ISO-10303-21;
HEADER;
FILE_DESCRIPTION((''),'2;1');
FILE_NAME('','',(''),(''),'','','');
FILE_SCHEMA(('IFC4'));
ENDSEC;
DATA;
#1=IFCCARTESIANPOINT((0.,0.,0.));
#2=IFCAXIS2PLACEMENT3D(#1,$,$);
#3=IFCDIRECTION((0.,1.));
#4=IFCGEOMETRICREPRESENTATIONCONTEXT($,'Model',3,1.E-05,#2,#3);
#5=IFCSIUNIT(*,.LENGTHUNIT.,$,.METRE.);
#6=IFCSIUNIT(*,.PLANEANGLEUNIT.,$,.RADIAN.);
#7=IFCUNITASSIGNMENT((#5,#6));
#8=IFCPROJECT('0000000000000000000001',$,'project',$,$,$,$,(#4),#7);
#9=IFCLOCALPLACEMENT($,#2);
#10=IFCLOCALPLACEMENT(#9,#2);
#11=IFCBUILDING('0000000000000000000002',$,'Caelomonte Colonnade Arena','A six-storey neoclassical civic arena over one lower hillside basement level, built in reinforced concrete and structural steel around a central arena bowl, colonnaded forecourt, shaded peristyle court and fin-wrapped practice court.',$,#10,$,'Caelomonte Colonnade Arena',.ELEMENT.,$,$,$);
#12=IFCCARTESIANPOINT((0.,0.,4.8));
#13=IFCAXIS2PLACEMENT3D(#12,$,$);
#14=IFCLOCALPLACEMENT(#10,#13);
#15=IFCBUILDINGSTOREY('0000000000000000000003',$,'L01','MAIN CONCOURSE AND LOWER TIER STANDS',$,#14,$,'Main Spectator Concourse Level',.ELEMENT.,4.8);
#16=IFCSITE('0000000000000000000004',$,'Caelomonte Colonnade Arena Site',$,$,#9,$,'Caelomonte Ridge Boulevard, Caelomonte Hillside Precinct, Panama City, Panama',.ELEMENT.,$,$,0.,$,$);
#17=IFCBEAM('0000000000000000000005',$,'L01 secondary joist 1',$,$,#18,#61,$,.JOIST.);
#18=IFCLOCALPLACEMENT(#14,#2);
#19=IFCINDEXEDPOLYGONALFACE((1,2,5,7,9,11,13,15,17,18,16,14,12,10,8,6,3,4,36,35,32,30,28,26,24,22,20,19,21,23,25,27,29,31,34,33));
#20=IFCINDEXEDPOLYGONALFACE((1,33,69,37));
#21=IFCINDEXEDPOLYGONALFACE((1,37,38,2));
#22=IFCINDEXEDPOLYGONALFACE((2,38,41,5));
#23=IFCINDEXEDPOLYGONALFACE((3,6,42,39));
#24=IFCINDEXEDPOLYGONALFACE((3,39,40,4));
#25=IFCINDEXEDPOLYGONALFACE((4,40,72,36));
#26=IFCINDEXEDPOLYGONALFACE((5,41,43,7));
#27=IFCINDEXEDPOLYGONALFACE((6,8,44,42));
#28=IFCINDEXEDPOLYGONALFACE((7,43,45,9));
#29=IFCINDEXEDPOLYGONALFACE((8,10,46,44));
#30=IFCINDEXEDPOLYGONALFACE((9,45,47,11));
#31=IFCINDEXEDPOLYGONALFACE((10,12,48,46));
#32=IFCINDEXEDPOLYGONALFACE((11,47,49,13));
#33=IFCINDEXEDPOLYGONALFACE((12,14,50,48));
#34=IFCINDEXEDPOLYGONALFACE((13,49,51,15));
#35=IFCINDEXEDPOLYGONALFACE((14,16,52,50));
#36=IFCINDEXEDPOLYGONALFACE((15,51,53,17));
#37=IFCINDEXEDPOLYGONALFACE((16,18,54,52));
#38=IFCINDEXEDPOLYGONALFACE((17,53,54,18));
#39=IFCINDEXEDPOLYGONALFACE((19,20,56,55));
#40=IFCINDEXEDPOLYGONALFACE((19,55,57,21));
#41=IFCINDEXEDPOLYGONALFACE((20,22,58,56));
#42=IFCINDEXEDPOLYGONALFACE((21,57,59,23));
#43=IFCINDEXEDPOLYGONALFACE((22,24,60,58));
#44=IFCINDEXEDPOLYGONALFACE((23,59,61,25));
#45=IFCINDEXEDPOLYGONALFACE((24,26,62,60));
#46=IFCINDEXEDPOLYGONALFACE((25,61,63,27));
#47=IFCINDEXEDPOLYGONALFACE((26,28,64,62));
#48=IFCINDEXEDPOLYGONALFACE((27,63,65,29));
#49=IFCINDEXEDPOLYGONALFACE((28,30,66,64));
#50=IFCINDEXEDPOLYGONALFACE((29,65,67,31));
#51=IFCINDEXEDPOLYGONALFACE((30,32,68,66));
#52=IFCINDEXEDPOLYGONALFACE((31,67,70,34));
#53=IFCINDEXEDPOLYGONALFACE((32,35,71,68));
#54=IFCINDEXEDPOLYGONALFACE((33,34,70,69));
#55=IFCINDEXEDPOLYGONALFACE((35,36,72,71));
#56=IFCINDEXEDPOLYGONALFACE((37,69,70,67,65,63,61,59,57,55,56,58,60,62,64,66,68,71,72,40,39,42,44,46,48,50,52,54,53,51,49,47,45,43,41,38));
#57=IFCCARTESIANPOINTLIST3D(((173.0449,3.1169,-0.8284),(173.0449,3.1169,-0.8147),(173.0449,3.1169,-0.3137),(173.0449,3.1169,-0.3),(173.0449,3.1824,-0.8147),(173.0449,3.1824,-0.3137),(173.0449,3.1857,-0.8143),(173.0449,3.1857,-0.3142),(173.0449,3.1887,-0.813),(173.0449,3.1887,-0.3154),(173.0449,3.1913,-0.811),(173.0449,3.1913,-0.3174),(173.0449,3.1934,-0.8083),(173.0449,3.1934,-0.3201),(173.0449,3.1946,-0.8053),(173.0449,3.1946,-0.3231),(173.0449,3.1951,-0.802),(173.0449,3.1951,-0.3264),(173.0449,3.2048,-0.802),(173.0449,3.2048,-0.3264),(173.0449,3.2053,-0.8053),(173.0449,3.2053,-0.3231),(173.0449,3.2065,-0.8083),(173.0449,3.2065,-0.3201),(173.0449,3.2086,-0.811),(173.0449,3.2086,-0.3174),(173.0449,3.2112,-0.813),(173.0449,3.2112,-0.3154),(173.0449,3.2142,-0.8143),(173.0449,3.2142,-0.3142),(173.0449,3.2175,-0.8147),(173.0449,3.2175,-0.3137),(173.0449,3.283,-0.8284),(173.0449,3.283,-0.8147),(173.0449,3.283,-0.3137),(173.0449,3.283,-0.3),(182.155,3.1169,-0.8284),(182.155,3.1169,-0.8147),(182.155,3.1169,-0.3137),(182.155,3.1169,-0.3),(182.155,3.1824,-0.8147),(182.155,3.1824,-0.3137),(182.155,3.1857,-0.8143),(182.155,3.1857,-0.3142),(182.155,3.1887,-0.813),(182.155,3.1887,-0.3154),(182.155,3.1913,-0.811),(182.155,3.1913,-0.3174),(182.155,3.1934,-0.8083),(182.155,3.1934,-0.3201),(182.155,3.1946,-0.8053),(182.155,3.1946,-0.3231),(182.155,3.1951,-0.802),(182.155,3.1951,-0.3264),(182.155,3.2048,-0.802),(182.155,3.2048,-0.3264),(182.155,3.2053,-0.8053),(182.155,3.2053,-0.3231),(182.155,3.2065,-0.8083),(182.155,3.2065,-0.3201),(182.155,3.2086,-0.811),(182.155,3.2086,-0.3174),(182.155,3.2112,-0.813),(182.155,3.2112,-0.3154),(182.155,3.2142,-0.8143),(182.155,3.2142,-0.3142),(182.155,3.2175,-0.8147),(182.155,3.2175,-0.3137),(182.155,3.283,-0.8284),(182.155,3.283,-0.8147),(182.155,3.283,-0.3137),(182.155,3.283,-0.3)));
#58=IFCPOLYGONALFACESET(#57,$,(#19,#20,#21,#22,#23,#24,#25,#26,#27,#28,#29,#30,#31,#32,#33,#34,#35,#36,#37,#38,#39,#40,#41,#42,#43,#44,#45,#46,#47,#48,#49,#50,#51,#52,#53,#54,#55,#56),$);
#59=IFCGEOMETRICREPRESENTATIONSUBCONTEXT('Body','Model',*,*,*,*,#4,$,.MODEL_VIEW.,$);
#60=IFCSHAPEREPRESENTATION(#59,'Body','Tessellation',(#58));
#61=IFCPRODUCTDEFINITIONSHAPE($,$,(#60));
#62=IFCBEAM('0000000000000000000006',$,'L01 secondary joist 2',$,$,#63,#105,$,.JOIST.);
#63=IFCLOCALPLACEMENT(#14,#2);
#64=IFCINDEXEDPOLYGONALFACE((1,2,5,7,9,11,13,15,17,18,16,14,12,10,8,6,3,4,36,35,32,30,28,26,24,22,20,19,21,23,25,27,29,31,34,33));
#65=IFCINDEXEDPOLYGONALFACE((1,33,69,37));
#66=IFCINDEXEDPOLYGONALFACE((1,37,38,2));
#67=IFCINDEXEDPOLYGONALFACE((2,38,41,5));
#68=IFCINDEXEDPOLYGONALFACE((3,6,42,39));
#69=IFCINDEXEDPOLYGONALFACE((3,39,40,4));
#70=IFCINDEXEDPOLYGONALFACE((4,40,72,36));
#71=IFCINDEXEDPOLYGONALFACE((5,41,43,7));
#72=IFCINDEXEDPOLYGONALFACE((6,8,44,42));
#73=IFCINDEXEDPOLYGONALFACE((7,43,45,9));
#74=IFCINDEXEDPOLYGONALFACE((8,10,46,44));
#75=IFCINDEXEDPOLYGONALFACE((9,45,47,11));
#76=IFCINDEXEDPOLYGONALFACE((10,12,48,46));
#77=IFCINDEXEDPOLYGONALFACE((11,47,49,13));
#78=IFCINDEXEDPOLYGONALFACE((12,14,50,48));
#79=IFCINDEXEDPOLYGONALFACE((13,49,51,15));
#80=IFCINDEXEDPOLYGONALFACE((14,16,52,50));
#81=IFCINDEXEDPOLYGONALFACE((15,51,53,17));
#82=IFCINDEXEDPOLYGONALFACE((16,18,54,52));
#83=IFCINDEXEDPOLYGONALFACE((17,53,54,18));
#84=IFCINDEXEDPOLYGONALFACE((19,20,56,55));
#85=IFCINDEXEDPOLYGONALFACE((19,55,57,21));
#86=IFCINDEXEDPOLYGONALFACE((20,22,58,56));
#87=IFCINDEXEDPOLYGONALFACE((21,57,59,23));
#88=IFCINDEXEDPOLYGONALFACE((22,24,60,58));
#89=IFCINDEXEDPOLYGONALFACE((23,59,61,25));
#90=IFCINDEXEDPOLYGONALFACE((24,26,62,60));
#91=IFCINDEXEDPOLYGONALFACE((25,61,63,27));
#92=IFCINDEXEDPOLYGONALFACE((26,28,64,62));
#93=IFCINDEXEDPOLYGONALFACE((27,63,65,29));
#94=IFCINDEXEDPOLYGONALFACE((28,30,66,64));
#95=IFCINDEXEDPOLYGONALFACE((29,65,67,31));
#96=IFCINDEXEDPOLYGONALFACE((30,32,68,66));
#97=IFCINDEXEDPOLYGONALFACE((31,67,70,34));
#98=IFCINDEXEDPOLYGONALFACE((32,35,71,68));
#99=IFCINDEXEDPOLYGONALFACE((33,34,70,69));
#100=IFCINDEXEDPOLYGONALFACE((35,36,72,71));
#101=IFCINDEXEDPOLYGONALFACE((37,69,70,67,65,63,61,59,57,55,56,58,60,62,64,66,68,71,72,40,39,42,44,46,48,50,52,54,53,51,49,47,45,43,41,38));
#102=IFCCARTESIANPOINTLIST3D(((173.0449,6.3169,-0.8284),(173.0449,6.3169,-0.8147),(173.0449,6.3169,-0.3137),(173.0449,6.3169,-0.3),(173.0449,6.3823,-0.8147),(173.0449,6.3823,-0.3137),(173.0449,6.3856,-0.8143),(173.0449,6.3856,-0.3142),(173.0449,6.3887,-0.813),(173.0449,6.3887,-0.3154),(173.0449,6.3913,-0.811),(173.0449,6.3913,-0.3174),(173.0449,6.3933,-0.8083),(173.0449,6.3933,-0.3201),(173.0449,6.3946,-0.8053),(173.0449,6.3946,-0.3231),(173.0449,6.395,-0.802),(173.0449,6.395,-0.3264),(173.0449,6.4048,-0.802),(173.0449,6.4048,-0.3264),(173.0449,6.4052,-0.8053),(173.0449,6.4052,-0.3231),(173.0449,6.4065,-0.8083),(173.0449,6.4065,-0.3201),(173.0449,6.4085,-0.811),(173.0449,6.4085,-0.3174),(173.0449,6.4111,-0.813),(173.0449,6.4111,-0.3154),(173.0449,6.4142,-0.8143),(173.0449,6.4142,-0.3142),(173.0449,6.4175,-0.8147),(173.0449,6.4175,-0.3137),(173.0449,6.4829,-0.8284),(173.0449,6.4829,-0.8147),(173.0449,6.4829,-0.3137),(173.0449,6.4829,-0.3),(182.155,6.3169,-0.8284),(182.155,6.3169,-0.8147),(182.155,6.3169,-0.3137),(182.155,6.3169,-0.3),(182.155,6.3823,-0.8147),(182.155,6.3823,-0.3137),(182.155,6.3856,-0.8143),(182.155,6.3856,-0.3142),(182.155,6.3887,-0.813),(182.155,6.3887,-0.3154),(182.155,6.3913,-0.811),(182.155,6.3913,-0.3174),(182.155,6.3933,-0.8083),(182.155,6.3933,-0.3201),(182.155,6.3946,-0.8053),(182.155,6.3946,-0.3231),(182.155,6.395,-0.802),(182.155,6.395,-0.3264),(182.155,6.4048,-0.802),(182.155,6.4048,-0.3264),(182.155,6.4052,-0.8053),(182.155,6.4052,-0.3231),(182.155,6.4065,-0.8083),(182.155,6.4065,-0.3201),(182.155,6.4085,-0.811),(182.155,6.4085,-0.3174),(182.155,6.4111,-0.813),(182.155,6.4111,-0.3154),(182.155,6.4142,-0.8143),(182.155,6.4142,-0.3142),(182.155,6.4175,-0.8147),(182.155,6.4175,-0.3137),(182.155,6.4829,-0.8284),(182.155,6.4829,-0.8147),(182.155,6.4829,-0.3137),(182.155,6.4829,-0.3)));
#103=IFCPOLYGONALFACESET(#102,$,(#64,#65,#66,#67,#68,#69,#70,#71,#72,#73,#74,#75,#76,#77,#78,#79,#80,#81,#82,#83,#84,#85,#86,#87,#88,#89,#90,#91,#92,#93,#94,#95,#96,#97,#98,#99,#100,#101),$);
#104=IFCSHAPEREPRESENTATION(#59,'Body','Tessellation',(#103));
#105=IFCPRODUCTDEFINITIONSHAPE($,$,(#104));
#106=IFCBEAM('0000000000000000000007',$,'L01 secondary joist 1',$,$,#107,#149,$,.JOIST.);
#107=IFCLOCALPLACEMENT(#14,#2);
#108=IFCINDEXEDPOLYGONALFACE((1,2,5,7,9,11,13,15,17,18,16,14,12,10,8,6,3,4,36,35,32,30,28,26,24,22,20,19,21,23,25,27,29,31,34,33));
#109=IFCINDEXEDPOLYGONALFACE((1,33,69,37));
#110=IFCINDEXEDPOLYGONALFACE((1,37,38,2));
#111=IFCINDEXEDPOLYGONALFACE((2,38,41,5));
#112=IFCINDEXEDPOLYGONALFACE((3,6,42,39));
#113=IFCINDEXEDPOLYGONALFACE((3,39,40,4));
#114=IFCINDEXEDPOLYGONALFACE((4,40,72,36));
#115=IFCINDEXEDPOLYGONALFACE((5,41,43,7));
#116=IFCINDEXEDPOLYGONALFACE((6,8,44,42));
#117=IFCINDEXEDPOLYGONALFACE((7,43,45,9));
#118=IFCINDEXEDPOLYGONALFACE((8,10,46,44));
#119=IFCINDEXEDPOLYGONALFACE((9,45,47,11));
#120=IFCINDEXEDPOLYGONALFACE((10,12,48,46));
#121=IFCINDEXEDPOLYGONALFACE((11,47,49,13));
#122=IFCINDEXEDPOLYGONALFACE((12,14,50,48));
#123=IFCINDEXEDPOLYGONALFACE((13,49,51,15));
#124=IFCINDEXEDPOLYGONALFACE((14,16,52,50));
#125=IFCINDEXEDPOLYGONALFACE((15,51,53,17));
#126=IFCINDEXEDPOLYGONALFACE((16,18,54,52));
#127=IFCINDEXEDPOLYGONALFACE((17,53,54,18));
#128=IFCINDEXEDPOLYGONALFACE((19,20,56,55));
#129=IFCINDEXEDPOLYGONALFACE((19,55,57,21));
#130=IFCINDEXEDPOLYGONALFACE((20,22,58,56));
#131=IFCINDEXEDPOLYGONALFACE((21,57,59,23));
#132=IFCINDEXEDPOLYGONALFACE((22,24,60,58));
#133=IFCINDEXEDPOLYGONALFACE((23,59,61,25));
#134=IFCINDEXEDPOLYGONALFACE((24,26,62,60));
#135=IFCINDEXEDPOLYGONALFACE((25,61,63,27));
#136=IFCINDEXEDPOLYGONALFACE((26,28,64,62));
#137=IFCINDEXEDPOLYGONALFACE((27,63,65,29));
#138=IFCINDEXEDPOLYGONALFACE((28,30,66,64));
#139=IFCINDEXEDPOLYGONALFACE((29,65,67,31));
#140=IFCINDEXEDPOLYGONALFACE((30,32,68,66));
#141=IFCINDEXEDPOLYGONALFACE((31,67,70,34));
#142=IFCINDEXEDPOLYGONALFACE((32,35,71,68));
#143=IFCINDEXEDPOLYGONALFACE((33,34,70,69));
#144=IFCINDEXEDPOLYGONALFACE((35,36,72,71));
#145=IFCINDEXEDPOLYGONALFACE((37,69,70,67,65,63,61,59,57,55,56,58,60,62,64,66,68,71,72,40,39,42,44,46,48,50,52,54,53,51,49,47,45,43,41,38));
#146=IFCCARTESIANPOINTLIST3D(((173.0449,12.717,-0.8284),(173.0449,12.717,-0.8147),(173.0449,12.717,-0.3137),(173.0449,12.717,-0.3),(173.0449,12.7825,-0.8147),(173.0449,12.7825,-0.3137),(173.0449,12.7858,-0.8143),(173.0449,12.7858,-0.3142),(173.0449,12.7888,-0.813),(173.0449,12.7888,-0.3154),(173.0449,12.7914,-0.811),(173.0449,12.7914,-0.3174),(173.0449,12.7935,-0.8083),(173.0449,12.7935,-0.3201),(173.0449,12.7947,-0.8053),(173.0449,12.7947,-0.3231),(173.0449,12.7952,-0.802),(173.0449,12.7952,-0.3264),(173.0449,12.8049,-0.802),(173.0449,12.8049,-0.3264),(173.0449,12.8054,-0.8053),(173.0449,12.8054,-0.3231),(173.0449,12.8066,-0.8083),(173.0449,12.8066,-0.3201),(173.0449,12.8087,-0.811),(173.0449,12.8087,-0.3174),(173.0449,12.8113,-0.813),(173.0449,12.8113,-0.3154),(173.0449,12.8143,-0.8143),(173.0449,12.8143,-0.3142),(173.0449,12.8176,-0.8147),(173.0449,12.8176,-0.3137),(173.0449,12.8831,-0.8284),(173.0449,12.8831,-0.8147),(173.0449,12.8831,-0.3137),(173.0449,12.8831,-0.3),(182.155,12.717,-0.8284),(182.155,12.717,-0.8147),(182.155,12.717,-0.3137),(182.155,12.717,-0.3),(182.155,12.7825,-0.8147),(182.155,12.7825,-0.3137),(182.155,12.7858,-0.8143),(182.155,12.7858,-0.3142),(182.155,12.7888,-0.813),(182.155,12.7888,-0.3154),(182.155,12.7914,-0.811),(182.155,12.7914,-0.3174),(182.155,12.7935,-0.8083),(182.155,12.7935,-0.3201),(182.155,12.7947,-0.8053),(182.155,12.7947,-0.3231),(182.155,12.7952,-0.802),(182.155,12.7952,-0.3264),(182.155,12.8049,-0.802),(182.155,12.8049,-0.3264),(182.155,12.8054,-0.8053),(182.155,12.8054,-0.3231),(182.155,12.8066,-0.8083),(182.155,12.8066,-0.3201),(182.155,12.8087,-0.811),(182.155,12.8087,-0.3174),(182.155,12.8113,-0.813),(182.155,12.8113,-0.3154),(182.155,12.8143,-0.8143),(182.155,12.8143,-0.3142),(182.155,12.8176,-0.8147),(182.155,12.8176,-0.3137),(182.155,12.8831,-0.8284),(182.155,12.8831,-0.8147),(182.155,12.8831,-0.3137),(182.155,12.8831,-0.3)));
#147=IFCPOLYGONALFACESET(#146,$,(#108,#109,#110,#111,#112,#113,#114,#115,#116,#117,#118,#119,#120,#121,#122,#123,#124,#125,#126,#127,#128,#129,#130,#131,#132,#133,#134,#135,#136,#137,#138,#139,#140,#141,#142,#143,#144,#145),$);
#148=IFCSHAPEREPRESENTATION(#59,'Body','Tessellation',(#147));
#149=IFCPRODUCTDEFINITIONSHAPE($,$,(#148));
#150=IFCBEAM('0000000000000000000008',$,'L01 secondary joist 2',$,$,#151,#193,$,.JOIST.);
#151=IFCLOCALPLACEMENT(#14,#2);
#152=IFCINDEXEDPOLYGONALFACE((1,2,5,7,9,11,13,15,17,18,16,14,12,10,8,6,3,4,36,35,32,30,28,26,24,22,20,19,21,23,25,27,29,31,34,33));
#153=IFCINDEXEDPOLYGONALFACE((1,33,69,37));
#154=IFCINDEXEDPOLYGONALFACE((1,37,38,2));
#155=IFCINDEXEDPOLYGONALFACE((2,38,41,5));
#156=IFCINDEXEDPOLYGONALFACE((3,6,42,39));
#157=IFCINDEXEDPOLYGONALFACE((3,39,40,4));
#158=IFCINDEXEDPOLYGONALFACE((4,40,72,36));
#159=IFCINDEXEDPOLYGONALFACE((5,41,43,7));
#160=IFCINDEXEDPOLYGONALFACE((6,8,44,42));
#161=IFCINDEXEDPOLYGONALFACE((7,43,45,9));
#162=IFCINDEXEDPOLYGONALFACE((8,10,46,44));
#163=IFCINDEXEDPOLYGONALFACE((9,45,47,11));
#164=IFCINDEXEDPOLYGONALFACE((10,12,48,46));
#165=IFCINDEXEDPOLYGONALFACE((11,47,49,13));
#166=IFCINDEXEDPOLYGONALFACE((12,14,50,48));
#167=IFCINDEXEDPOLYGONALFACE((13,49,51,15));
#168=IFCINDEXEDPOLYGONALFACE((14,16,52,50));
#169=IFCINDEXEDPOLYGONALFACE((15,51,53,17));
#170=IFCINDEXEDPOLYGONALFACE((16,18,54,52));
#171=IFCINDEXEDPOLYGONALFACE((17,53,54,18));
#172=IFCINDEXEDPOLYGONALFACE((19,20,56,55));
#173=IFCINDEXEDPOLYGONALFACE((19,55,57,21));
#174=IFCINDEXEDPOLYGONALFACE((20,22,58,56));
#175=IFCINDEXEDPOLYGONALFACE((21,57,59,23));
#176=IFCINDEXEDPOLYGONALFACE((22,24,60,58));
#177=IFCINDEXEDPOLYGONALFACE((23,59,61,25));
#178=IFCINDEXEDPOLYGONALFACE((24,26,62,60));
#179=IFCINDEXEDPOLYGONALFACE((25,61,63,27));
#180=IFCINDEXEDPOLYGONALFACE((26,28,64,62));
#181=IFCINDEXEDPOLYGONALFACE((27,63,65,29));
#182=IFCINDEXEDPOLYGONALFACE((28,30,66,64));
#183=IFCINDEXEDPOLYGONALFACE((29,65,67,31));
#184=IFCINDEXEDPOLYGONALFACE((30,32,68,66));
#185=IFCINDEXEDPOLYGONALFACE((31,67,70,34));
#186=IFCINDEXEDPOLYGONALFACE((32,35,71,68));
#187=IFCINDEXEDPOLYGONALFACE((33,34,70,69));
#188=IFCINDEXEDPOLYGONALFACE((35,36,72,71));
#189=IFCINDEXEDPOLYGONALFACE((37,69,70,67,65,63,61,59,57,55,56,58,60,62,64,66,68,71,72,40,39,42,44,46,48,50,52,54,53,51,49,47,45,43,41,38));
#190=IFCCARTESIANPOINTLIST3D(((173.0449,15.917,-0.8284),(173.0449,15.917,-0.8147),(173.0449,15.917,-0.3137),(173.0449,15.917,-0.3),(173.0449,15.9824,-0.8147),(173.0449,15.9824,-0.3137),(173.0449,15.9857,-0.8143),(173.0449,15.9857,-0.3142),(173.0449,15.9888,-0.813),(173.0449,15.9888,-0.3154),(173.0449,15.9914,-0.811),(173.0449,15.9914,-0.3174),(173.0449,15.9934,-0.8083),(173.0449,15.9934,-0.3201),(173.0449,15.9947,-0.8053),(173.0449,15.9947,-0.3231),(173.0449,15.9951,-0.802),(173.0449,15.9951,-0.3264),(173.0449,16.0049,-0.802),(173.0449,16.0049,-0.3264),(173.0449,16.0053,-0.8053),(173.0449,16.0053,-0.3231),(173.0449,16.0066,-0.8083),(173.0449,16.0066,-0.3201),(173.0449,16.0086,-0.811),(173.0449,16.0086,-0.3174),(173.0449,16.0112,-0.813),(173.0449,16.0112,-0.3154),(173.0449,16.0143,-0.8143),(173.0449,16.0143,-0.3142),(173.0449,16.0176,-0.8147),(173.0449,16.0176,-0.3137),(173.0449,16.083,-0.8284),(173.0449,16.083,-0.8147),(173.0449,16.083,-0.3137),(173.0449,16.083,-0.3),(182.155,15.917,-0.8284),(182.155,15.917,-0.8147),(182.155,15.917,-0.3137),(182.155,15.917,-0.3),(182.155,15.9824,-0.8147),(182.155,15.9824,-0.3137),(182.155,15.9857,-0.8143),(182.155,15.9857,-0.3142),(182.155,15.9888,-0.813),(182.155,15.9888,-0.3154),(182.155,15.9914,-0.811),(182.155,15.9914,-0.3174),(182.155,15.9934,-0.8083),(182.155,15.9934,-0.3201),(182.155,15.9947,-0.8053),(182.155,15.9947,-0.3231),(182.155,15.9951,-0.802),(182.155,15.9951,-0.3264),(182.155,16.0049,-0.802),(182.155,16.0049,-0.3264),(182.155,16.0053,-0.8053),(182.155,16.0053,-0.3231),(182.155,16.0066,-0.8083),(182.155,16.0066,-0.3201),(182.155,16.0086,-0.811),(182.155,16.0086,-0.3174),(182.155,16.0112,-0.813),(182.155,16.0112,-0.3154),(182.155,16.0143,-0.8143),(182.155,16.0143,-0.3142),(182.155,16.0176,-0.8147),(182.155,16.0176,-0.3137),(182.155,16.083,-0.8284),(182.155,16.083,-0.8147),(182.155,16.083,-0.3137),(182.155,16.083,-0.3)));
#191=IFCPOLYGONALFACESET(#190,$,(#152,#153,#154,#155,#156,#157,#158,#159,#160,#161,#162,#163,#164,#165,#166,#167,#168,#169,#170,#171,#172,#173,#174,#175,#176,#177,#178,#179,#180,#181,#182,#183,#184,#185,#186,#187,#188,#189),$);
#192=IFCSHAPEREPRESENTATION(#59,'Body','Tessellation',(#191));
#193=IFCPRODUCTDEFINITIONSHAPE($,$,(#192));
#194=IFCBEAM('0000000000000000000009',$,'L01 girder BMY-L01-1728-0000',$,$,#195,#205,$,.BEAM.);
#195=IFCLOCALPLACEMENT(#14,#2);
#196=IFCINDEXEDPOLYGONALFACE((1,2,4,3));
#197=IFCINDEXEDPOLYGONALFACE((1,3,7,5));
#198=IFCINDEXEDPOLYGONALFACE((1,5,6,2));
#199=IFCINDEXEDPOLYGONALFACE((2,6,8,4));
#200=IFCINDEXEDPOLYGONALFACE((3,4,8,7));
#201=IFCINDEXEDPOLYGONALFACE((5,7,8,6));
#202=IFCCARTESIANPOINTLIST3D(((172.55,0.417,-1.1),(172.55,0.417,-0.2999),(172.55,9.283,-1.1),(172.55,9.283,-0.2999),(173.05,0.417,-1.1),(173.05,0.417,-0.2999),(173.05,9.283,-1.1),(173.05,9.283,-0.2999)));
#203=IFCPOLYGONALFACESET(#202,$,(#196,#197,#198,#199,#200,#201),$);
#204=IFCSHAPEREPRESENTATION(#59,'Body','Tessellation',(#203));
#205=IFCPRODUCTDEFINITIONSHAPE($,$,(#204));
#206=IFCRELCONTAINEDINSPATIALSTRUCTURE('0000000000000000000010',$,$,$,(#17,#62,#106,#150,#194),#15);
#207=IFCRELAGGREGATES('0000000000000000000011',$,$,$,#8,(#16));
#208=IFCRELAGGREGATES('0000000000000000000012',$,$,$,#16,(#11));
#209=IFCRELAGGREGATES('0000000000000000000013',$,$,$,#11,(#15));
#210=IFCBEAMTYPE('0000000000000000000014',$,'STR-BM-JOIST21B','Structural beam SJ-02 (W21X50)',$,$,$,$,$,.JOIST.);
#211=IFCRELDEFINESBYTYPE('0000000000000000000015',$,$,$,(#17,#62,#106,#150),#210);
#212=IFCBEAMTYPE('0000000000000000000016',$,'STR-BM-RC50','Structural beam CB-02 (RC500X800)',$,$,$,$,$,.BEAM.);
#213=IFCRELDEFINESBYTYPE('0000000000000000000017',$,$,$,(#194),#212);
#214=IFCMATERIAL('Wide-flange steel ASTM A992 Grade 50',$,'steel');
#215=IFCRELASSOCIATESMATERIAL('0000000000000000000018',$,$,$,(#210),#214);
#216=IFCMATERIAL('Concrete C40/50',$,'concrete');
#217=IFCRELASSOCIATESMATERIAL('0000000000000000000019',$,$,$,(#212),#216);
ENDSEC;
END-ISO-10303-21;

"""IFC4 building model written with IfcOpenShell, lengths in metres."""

from ifc_helpers import new_model, si_unit, direction, frame, origin, origin_2d, place, context, subcontext, project, spatial, rectangle, i_section, extrude, material, material_profile, profile_set, type_object, element, save


model = new_model("IFC4")

# Units and contexts
model_context = context("Model", 3, precision=1e-05, world=origin(), true_north=direction((0.0, 1.0)))
body_context = subcontext(model_context, "Body", "Model", "MODEL_VIEW")
ifc_project = project(units=[si_unit("LENGTHUNIT", "METRE"), si_unit("PLANEANGLEUNIT", "RADIAN")], contexts=[model_context])

# Site, building, storey
site_placement = place(None, origin())
site = spatial("IfcSite", under=ifc_project, at=site_placement, Name="Caelomonte Colonnade Arena Site", LongName="Caelomonte Ridge Boulevard, Caelomonte Hillside Precinct, Panama City, Panama", CompositionType="ELEMENT", RefElevation=0.0)
building_placement = place(site_placement, origin())
building = spatial("IfcBuilding", under=site, at=building_placement, Name="Caelomonte Colonnade Arena", Description="A six-storey neoclassical civic arena over one lower hillside basement level, built in reinforced concrete and structural steel around a central arena bowl, colonnaded forecourt, shaded peristyle court and fin-wrapped practice court.", LongName="Caelomonte Colonnade Arena", CompositionType="ELEMENT")
storey_placement = place(building_placement, frame((0.0, 0.0, 4.8)))
storey = spatial("IfcBuildingStorey", under=building, at=storey_placement, Name="L01", Description="MAIN CONCOURSE AND LOWER TIER STANDS", LongName="Main Spectator Concourse Level", CompositionType="ELEMENT", Elevation=4.8)

# Shared definitions
ifc_material_1 = material(Name="Concrete C40/50", Category="concrete")

# Beams
ifc_material_2 = material(Name="Wide-flange steel ASTM A992 Grade 50", Category="steel")
ifc_material_profile_1 = material_profile(ifc_material_2, i_section(OverallWidth=0.166, OverallDepth=0.5283, WebThickness=0.0098, FlangeThickness=0.0137, FilletRadius=0.0127, at=origin_2d()), Name="W21X50")
ifc_profile_set_1 = profile_set([ifc_material_profile_1], Name="Wide-flange steel ASTM A992 Grade 50")
beam_type_1 = type_object("IfcBeamType", Name="STR-BM-JOIST21B", Description="Structural beam SJ-02 (W21X50)", PredefinedType="JOIST", material=ifc_profile_set_1)
for number, where, z_axis, x_axis, name in (
    (1, (173.0449, 3.2, -0.5642), (1.0, 0.0, 0.0), (0.0, 1.0, 0.0), "L01 secondary joist 1"),
    (2, (173.0449, 6.3999, -0.5642), (1.0, 0.0, 0.0), (0.0, 1.0, 0.0), "L01 secondary joist 2"),
    (3, (173.0449, 12.8, -0.5642), (1.0, 0.0, 0.0), (0.0, 1.0, 0.0), "L01 secondary joist 1"),
    (4, (173.0449, 16.0, -0.5642), (1.0, 0.0, 0.0), (0.0, 1.0, 0.0), "L01 secondary joist 2"),
):
    element("IfcBeam", number, at=place(storey_placement, frame(where, z_axis=z_axis, x_axis=x_axis)), inside=storey, type_object=beam_type_1, Name=name, PredefinedType="JOIST", context=body_context, shape_type="SweptSolid", body=[
        extrude(i_section(OverallWidth=0.166, OverallDepth=0.5283, WebThickness=0.0098, FlangeThickness=0.0137, FilletRadius=0.0127, at=origin_2d()), origin(), (0.0, 0.0, 1.0), 9.1101),
    ])
ifc_material_profile_2 = material_profile(ifc_material_1, rectangle(XDim=0.5, YDim=0.8, at=origin_2d()), Name="RC500X800")
ifc_profile_set_2 = profile_set([ifc_material_profile_2], Name="Concrete C40/50")
beam_type_2 = type_object("IfcBeamType", Name="STR-BM-RC50", Description="Structural beam CB-02 (RC500X800)", PredefinedType="BEAM", material=ifc_profile_set_2)
beam_1_placement = place(storey_placement, frame((172.8, 0.417, -0.7), z_axis=(0.0, 1.0, 0.0), x_axis=(-1.0, 0.0, 0.0)))
element("IfcBeam", 5, at=beam_1_placement, inside=storey, type_object=beam_type_2, Name="L01 girder BMY-L01-1728-0000", PredefinedType="BEAM", context=body_context, shape_type="SweptSolid", body=[
    extrude(rectangle(XDim=0.5, YDim=0.8, at=origin_2d()), origin(), (0.0, 0.0, 1.0), 8.866),
])

save(model, "model.ifc")
